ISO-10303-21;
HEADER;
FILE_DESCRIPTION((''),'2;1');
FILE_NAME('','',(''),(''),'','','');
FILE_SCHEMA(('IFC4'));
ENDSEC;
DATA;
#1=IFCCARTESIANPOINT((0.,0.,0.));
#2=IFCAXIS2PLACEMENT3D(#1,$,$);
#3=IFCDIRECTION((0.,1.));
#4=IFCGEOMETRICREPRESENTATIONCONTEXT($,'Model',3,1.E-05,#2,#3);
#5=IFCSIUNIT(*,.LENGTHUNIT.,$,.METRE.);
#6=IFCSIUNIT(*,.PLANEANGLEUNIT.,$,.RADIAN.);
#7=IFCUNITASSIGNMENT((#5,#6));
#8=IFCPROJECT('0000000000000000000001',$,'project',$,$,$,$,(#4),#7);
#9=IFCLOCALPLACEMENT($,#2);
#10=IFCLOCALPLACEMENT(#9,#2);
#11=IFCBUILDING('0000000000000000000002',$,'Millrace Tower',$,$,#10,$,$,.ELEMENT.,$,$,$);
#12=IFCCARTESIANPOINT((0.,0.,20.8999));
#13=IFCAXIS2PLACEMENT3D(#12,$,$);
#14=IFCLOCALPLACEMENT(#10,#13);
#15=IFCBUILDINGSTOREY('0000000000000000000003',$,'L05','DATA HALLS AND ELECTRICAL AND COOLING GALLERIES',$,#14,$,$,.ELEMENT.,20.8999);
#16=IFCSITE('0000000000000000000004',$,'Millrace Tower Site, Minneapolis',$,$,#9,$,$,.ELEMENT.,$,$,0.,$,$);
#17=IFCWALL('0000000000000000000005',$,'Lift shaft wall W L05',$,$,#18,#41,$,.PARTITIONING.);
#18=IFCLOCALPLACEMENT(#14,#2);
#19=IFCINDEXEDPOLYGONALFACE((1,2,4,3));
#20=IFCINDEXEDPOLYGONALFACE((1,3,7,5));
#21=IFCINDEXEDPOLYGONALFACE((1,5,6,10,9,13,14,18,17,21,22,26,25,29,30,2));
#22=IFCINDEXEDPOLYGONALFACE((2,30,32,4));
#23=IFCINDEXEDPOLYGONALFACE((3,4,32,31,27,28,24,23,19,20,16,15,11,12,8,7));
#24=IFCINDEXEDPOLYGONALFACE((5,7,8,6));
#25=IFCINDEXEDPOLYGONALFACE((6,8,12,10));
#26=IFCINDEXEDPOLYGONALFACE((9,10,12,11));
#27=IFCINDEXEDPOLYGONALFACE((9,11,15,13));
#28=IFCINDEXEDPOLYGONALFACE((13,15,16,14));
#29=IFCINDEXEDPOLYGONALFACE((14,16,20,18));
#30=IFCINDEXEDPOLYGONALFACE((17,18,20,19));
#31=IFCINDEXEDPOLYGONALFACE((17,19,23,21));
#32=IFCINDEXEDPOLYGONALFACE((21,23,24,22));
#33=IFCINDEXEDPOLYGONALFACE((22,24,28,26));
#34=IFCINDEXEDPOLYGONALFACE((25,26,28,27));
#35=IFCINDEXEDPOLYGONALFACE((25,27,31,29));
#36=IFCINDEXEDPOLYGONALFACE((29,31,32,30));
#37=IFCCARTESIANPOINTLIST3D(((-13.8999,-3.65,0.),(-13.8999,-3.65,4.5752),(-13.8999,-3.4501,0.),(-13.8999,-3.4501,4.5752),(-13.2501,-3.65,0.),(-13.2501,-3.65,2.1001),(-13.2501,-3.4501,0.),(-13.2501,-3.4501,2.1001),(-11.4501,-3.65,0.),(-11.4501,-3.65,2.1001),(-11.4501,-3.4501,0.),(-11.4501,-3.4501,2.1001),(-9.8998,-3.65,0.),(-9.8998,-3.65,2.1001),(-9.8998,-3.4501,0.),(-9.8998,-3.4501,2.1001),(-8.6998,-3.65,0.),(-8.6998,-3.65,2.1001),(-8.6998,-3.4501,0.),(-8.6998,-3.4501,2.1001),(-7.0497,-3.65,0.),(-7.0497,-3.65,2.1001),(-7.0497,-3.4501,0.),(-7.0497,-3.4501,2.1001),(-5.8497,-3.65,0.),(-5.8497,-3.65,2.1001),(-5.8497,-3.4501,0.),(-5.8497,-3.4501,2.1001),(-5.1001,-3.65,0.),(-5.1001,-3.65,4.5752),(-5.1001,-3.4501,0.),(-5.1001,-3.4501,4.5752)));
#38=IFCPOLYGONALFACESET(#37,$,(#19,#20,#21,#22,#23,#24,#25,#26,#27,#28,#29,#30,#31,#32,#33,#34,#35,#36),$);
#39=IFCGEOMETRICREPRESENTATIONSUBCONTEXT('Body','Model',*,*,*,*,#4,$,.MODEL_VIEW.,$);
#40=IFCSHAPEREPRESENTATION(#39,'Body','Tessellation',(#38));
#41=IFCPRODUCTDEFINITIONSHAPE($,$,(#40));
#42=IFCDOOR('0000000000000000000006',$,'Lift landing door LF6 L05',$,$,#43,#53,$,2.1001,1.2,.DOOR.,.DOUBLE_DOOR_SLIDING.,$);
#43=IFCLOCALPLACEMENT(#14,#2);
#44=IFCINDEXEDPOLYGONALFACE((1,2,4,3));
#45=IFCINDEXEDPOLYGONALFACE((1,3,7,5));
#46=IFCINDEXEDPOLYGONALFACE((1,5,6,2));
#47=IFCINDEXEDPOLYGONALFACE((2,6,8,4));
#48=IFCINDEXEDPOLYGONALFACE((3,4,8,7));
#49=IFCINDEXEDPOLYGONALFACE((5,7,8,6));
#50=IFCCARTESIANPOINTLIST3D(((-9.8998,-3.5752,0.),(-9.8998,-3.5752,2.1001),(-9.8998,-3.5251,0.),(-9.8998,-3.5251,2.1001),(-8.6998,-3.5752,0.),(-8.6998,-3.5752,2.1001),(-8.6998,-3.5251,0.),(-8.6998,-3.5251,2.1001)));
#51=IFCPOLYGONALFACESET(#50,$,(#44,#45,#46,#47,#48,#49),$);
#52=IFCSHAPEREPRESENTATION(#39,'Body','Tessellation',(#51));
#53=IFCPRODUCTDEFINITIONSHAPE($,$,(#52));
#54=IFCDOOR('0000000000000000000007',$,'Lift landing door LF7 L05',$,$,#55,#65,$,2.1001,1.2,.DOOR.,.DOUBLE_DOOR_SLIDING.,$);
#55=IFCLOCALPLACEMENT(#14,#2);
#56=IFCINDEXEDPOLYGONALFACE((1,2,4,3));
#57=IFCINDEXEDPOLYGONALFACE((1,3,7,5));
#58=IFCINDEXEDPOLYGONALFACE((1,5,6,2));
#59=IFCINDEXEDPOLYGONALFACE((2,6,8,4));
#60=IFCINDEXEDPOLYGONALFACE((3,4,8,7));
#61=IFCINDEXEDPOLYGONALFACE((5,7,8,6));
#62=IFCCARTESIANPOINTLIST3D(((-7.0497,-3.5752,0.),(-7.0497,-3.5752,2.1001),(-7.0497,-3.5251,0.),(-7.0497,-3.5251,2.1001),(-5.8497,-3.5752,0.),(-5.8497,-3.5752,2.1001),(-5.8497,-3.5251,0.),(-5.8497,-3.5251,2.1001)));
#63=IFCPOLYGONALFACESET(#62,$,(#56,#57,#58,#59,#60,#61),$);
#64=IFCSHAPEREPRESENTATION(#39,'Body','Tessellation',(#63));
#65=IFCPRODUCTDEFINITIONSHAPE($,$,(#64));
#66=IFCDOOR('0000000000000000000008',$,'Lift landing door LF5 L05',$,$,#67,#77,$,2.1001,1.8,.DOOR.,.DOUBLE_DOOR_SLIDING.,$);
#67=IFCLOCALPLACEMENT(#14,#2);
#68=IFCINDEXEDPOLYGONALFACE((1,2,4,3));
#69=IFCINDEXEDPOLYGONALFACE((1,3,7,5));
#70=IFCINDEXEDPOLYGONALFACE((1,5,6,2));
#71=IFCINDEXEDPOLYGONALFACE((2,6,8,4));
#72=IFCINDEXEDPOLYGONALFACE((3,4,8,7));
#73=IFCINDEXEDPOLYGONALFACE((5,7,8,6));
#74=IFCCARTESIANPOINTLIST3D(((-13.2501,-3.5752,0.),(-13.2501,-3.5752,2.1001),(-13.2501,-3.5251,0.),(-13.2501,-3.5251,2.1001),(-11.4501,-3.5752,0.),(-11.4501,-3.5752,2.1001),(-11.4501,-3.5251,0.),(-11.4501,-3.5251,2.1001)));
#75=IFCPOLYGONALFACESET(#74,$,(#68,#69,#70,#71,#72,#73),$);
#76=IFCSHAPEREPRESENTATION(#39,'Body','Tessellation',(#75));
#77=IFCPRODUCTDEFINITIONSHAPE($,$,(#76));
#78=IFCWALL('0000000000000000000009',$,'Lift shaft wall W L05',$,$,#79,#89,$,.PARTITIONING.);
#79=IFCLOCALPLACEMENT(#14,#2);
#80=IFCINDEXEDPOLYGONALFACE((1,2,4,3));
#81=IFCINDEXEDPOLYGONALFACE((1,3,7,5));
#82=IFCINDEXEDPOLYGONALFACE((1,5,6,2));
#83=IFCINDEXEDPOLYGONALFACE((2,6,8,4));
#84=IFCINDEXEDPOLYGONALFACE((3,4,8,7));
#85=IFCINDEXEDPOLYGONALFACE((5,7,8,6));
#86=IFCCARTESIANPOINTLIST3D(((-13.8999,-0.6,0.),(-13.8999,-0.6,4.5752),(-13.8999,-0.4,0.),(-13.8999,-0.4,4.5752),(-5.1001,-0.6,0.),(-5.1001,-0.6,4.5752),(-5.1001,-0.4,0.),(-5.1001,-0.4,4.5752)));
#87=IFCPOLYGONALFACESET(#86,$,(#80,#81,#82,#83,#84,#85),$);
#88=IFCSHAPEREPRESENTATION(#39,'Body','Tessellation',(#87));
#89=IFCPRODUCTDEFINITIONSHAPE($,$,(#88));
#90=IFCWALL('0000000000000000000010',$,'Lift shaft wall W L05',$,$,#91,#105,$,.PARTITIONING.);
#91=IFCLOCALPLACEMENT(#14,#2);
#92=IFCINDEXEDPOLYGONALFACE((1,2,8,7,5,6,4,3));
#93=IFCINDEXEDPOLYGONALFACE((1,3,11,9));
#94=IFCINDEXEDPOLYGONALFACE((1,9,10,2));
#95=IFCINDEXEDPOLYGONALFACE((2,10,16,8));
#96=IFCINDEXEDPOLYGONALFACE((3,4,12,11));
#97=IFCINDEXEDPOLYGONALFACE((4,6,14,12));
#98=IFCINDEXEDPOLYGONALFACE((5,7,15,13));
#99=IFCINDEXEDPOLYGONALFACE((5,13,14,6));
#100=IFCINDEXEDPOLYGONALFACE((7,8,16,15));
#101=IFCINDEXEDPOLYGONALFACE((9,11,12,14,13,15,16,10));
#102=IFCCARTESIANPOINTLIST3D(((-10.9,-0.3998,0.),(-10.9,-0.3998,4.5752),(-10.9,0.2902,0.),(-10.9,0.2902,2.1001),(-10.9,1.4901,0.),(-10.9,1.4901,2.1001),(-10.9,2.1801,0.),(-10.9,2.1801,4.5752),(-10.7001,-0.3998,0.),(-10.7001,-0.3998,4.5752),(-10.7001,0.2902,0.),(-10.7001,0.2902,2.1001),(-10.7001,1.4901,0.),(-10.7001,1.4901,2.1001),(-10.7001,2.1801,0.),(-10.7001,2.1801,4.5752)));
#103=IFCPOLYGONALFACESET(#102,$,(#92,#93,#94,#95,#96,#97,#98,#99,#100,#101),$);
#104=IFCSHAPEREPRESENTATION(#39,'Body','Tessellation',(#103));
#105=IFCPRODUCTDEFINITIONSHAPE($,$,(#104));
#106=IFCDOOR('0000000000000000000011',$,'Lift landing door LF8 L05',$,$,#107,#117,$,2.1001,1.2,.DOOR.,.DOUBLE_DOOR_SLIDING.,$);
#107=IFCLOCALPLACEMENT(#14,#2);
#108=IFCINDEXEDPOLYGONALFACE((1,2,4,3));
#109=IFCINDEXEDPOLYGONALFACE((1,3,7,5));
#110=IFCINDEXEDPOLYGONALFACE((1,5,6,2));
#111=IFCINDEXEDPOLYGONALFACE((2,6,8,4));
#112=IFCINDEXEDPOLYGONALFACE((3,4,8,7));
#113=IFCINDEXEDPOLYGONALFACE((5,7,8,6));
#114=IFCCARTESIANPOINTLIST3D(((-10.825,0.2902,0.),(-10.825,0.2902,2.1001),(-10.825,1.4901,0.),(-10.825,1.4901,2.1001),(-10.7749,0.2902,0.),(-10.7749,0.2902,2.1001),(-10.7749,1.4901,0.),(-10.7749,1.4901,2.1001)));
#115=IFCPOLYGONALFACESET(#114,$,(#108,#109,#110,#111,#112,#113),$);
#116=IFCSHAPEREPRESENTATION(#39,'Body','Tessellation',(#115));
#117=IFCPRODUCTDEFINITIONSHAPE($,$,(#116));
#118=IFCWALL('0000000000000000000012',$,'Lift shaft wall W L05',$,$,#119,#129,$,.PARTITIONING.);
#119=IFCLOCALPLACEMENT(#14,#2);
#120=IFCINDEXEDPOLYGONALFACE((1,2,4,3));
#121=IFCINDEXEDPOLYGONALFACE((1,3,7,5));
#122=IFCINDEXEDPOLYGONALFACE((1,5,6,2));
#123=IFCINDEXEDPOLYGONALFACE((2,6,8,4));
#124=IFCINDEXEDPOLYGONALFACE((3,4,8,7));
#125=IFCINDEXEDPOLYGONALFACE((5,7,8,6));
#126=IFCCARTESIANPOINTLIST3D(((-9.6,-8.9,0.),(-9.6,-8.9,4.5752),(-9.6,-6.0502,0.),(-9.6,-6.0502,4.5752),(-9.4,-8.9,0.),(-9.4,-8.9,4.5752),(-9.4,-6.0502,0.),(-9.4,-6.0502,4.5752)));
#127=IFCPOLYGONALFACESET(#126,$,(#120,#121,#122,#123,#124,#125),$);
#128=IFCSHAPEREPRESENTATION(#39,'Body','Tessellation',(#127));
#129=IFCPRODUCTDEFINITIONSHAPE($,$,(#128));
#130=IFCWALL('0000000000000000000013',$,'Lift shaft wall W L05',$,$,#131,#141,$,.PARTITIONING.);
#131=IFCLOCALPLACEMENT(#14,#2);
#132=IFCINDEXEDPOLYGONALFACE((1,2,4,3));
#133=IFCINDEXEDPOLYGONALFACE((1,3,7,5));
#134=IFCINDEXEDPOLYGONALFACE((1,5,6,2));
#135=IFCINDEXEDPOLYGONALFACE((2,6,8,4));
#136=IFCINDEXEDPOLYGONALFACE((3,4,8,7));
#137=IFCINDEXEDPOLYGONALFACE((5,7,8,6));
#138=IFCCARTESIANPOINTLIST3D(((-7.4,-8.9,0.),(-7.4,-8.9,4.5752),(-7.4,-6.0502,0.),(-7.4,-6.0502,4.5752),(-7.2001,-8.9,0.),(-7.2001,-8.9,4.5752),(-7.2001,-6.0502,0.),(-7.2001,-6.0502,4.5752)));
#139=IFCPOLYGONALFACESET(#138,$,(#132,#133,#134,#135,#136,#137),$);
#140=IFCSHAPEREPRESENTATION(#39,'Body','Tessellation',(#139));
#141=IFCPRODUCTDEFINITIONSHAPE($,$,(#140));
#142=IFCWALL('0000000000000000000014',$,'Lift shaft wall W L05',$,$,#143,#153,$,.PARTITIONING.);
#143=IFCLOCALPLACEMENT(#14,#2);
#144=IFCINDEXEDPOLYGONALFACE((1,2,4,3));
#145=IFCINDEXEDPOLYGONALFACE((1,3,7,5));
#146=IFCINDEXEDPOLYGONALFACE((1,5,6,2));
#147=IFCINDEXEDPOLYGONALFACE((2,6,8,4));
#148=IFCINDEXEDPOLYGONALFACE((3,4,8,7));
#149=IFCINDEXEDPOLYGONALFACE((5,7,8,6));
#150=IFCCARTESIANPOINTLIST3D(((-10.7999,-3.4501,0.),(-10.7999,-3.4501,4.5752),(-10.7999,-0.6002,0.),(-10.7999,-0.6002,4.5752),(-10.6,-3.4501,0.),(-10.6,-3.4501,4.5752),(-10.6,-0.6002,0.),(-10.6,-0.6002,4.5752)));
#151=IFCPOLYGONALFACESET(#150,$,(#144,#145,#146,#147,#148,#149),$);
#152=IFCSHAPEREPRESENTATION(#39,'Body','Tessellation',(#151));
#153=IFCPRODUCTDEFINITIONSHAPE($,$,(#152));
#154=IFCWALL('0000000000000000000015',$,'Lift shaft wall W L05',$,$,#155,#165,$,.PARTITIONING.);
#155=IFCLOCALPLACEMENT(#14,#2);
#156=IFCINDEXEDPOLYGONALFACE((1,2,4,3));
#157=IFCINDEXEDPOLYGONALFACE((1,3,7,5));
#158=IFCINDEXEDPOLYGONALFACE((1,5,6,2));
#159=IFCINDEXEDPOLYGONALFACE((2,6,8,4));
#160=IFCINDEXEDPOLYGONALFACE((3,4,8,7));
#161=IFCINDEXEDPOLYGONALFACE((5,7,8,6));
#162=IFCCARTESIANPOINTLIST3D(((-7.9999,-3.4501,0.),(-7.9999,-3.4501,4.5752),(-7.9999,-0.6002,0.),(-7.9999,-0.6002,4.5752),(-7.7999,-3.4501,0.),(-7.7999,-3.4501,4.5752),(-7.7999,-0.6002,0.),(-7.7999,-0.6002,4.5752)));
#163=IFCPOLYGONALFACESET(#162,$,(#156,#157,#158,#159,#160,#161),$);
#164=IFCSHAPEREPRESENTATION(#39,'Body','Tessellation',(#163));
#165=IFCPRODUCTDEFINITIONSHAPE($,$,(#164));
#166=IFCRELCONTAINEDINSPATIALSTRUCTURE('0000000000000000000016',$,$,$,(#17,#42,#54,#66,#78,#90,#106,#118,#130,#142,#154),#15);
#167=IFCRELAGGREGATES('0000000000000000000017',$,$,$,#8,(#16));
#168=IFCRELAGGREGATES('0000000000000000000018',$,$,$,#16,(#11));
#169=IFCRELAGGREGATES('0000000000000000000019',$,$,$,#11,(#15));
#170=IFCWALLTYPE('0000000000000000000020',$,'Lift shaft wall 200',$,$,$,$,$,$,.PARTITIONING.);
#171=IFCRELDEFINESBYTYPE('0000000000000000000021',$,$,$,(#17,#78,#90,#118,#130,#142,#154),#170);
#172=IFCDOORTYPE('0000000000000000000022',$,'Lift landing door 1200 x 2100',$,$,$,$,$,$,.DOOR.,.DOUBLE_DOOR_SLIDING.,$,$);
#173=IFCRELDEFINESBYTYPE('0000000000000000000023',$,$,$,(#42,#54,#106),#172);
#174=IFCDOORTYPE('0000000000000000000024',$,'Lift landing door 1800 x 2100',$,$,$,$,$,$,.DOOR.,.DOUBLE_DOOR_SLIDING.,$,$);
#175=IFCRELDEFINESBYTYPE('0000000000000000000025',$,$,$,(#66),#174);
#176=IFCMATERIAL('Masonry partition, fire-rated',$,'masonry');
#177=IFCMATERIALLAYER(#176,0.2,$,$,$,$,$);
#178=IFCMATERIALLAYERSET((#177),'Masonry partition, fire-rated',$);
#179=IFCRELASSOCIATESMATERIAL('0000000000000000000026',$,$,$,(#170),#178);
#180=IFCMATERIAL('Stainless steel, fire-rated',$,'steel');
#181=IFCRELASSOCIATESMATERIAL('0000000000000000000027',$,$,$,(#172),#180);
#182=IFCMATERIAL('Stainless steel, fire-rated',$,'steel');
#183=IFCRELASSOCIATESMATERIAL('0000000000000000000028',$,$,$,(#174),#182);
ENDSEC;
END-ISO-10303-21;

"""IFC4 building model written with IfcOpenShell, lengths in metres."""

from ifc_helpers import new_model, si_unit, direction, frame, frame_2d, origin, place, context, subcontext, project, spatial, rectangle, extrude, material, layer, layer_set, type_object, element, fill, save


model = new_model("IFC4")

# Units and contexts
model_context = context("Model", 3, precision=1e-05, world=origin(), true_north=direction((0.0, 1.0)))
body_context = subcontext(model_context, "Body", "Model", "MODEL_VIEW")
ifc_project = project(units=[si_unit("LENGTHUNIT", "METRE"), si_unit("PLANEANGLEUNIT", "RADIAN")], contexts=[model_context])

# Site, building, storey
site_placement = place(None, origin())
site = spatial("IfcSite", under=ifc_project, at=site_placement, Name="Millrace Tower Site, Minneapolis", CompositionType="ELEMENT", RefElevation=0.0)
building_placement = place(site_placement, origin())
building = spatial("IfcBuilding", under=site, at=building_placement, Name="Millrace Tower", CompositionType="ELEMENT")
storey_placement = place(building_placement, frame((0.0, 0.0, 20.8999)))
storey = spatial("IfcBuildingStorey", under=building, at=storey_placement, Name="L05", Description="DATA HALLS AND ELECTRICAL AND COOLING GALLERIES", CompositionType="ELEMENT", Elevation=20.8999)

# Wall, openings, doors
ifc_material_1 = material(Name="Masonry partition, fire-rated", Category="masonry")
ifc_layer_1 = layer(ifc_material_1, 0.2)
ifc_layer_set_1 = layer_set([ifc_layer_1], Name="Masonry partition, fire-rated")
wall_type_1 = type_object("IfcWallType", Name="Lift shaft wall 200", PredefinedType="PARTITIONING", material=ifc_layer_set_1)
wall_1_placement = place(storey_placement, frame((-13.8999, -3.55, 0.0), z_axis=(0.0, 0.0, 1.0), x_axis=(1.0, 0.0, 0.0)))
wall_1 = element("IfcWall", 1, at=wall_1_placement, inside=storey, type_object=wall_type_1, Name="Lift shaft wall W L05", PredefinedType="PARTITIONING", context=body_context, shape_type="SweptSolid", body=[
    extrude(rectangle(XDim=8.7998, YDim=0.2, at=frame_2d((4.3999, 0.0))), origin(), (0.0, 0.0, 1.0), 4.5752),
])
opening_1_placement = place(wall_1_placement, frame((0.6499, 0.0, 0.0)))
opening_1 = element("IfcOpeningElement", 2, at=opening_1_placement, cuts=wall_1, PredefinedType="OPENING", context=body_context, shape_type="SweptSolid", body=[
    extrude(rectangle(XDim=1.8, YDim=2.1001, at=frame_2d((0.8999, 1.05))), frame((0.0, 0.1099, 0.0), z_axis=(0.0, -1.0, 0.0), x_axis=(1.0, 0.0, 0.0)), (0.0, 0.0, 1.0), 0.22),
])
opening_2_placement = place(wall_1_placement, frame((4.0, 0.0, 0.0)))
opening_2 = element("IfcOpeningElement", 3, at=opening_2_placement, cuts=wall_1, PredefinedType="OPENING", context=body_context, shape_type="SweptSolid", body=[
    extrude(rectangle(XDim=1.2, YDim=2.1001, at=frame_2d((0.6001, 1.05))), frame((0.0, 0.1099, 0.0), z_axis=(0.0, -1.0, 0.0), x_axis=(1.0, 0.0, 0.0)), (0.0, 0.0, 1.0), 0.22),
])
opening_3_placement = place(wall_1_placement, frame((6.8501, 0.0, 0.0)))
opening_3 = element("IfcOpeningElement", 4, at=opening_3_placement, cuts=wall_1, PredefinedType="OPENING", context=body_context, shape_type="SweptSolid", body=[
    extrude(rectangle(XDim=1.2, YDim=2.1001, at=frame_2d((0.6001, 1.05))), frame((0.0, 0.1099, 0.0), z_axis=(0.0, -1.0, 0.0), x_axis=(1.0, 0.0, 0.0)), (0.0, 0.0, 1.0), 0.22),
])
ifc_material_2 = material(Name="Stainless steel, fire-rated", Category="steel")
door_type_1 = type_object("IfcDoorType", Name="Lift landing door 1200 x 2100", OperationType="DOUBLE_DOOR_SLIDING", PredefinedType="DOOR", material=ifc_material_2)
door_1_placement = place(opening_2_placement, origin())
door_1 = element("IfcDoor", 5, at=door_1_placement, inside=storey, type_object=door_type_1, Name="Lift landing door LF6 L05", OperationType="DOUBLE_DOOR_SLIDING", OverallHeight=2.1001, OverallWidth=1.2, PredefinedType="DOOR", context=body_context, shape_type="SweptSolid", body=[
    extrude(rectangle(XDim=1.2, YDim=2.1001, at=frame_2d((0.6001, 1.05))), frame((0.0, 0.0249, 0.0), z_axis=(0.0, -1.0, 0.0), x_axis=(1.0, 0.0, 0.0)), (0.0, 0.0, 1.0), 0.05),
])
fill(opening_2, door_1)
door_2_placement = place(opening_3_placement, origin())
door_2 = element("IfcDoor", 6, at=door_2_placement, inside=storey, type_object=door_type_1, Name="Lift landing door LF7 L05", OperationType="DOUBLE_DOOR_SLIDING", OverallHeight=2.1001, OverallWidth=1.2, PredefinedType="DOOR", context=body_context, shape_type="SweptSolid", body=[
    extrude(rectangle(XDim=1.2, YDim=2.1001, at=frame_2d((0.6001, 1.05))), frame((0.0, 0.0249, 0.0), z_axis=(0.0, -1.0, 0.0), x_axis=(1.0, 0.0, 0.0)), (0.0, 0.0, 1.0), 0.05),
])
fill(opening_3, door_2)
ifc_material_3 = material(Name="Stainless steel, fire-rated", Category="steel")
door_type_2 = type_object("IfcDoorType", Name="Lift landing door 1800 x 2100", OperationType="DOUBLE_DOOR_SLIDING", PredefinedType="DOOR", material=ifc_material_3)
door_3_placement = place(opening_1_placement, origin())
door_3 = element("IfcDoor", 7, at=door_3_placement, inside=storey, type_object=door_type_2, Name="Lift landing door LF5 L05", OperationType="DOUBLE_DOOR_SLIDING", OverallHeight=2.1001, OverallWidth=1.8, PredefinedType="DOOR", context=body_context, shape_type="SweptSolid", body=[
    extrude(rectangle(XDim=1.8, YDim=2.1001, at=frame_2d((0.8999, 1.05))), frame((0.0, 0.0249, 0.0), z_axis=(0.0, -1.0, 0.0), x_axis=(1.0, 0.0, 0.0)), (0.0, 0.0, 1.0), 0.05),
])
fill(opening_1, door_3)

# Wall
wall_2_placement = place(storey_placement, frame((-13.8999, -0.5, 0.0), z_axis=(0.0, 0.0, 1.0), x_axis=(1.0, 0.0, 0.0)))
element("IfcWall", 8, at=wall_2_placement, inside=storey, type_object=wall_type_1, Name="Lift shaft wall W L05", PredefinedType="PARTITIONING", context=body_context, shape_type="SweptSolid", body=[
    extrude(rectangle(XDim=8.7998, YDim=0.2, at=frame_2d((4.3999, 0.0))), origin(), (0.0, 0.0, 1.0), 4.5752),
])

# Wall, opening, door
wall_3_placement = place(storey_placement, frame((-10.8, -0.3999, 0.0), z_axis=(0.0, 0.0, 1.0), x_axis=(0.0, 1.0, 0.0)))
wall_3 = element("IfcWall", 9, at=wall_3_placement, inside=storey, type_object=wall_type_1, Name="Lift shaft wall W L05", PredefinedType="PARTITIONING", context=body_context, shape_type="SweptSolid", body=[
    extrude(rectangle(XDim=2.5798, YDim=0.2, at=frame_2d((1.29, 0.0))), origin(), (0.0, 0.0, 1.0), 4.5752),
])
opening_4_placement = place(wall_3_placement, frame((0.6899, 0.0, 0.0)))
opening_4 = element("IfcOpeningElement", 10, at=opening_4_placement, cuts=wall_3, PredefinedType="OPENING", context=body_context, shape_type="SweptSolid", body=[
    extrude(rectangle(XDim=1.2, YDim=2.1001, at=frame_2d((0.6001, 1.05))), frame((0.0, 0.1099, 0.0), z_axis=(0.0, -1.0, 0.0), x_axis=(1.0, 0.0, 0.0)), (0.0, 0.0, 1.0), 0.22),
])
door_4_placement = place(opening_4_placement, origin())
door_4 = element("IfcDoor", 11, at=door_4_placement, inside=storey, type_object=door_type_1, Name="Lift landing door LF8 L05", OperationType="DOUBLE_DOOR_SLIDING", OverallHeight=2.1001, OverallWidth=1.2, PredefinedType="DOOR", context=body_context, shape_type="SweptSolid", body=[
    extrude(rectangle(XDim=1.2, YDim=2.1001, at=frame_2d((0.6001, 1.05))), frame((0.0, 0.0249, 0.0), z_axis=(0.0, -1.0, 0.0), x_axis=(1.0, 0.0, 0.0)), (0.0, 0.0, 1.0), 0.05),
])
fill(opening_4, door_4)

# Walls
for number, where, z_axis, x_axis, name in (
    (12, (-9.5, -8.8999, 0.0), (0.0, 0.0, 1.0), (0.0, 1.0, 0.0), "Lift shaft wall W L05"),
    (13, (-7.3, -8.8999, 0.0), (0.0, 0.0, 1.0), (0.0, 1.0, 0.0), "Lift shaft wall W L05"),
    (14, (-10.7, -3.45, 0.0), (0.0, 0.0, 1.0), (0.0, 1.0, 0.0), "Lift shaft wall W L05"),
    (15, (-7.8999, -3.45, 0.0), (0.0, 0.0, 1.0), (0.0, 1.0, 0.0), "Lift shaft wall W L05"),
):
    element("IfcWall", number, at=place(storey_placement, frame(where, z_axis=z_axis, x_axis=x_axis)), inside=storey, type_object=wall_type_1, Name=name, PredefinedType="PARTITIONING", context=body_context, shape_type="SweptSolid", body=[
        extrude(rectangle(XDim=2.8499, YDim=0.2, at=frame_2d((1.4248, 0.0))), origin(), (0.0, 0.0, 1.0), 4.5752),
    ])

save(model, "model.ifc")
